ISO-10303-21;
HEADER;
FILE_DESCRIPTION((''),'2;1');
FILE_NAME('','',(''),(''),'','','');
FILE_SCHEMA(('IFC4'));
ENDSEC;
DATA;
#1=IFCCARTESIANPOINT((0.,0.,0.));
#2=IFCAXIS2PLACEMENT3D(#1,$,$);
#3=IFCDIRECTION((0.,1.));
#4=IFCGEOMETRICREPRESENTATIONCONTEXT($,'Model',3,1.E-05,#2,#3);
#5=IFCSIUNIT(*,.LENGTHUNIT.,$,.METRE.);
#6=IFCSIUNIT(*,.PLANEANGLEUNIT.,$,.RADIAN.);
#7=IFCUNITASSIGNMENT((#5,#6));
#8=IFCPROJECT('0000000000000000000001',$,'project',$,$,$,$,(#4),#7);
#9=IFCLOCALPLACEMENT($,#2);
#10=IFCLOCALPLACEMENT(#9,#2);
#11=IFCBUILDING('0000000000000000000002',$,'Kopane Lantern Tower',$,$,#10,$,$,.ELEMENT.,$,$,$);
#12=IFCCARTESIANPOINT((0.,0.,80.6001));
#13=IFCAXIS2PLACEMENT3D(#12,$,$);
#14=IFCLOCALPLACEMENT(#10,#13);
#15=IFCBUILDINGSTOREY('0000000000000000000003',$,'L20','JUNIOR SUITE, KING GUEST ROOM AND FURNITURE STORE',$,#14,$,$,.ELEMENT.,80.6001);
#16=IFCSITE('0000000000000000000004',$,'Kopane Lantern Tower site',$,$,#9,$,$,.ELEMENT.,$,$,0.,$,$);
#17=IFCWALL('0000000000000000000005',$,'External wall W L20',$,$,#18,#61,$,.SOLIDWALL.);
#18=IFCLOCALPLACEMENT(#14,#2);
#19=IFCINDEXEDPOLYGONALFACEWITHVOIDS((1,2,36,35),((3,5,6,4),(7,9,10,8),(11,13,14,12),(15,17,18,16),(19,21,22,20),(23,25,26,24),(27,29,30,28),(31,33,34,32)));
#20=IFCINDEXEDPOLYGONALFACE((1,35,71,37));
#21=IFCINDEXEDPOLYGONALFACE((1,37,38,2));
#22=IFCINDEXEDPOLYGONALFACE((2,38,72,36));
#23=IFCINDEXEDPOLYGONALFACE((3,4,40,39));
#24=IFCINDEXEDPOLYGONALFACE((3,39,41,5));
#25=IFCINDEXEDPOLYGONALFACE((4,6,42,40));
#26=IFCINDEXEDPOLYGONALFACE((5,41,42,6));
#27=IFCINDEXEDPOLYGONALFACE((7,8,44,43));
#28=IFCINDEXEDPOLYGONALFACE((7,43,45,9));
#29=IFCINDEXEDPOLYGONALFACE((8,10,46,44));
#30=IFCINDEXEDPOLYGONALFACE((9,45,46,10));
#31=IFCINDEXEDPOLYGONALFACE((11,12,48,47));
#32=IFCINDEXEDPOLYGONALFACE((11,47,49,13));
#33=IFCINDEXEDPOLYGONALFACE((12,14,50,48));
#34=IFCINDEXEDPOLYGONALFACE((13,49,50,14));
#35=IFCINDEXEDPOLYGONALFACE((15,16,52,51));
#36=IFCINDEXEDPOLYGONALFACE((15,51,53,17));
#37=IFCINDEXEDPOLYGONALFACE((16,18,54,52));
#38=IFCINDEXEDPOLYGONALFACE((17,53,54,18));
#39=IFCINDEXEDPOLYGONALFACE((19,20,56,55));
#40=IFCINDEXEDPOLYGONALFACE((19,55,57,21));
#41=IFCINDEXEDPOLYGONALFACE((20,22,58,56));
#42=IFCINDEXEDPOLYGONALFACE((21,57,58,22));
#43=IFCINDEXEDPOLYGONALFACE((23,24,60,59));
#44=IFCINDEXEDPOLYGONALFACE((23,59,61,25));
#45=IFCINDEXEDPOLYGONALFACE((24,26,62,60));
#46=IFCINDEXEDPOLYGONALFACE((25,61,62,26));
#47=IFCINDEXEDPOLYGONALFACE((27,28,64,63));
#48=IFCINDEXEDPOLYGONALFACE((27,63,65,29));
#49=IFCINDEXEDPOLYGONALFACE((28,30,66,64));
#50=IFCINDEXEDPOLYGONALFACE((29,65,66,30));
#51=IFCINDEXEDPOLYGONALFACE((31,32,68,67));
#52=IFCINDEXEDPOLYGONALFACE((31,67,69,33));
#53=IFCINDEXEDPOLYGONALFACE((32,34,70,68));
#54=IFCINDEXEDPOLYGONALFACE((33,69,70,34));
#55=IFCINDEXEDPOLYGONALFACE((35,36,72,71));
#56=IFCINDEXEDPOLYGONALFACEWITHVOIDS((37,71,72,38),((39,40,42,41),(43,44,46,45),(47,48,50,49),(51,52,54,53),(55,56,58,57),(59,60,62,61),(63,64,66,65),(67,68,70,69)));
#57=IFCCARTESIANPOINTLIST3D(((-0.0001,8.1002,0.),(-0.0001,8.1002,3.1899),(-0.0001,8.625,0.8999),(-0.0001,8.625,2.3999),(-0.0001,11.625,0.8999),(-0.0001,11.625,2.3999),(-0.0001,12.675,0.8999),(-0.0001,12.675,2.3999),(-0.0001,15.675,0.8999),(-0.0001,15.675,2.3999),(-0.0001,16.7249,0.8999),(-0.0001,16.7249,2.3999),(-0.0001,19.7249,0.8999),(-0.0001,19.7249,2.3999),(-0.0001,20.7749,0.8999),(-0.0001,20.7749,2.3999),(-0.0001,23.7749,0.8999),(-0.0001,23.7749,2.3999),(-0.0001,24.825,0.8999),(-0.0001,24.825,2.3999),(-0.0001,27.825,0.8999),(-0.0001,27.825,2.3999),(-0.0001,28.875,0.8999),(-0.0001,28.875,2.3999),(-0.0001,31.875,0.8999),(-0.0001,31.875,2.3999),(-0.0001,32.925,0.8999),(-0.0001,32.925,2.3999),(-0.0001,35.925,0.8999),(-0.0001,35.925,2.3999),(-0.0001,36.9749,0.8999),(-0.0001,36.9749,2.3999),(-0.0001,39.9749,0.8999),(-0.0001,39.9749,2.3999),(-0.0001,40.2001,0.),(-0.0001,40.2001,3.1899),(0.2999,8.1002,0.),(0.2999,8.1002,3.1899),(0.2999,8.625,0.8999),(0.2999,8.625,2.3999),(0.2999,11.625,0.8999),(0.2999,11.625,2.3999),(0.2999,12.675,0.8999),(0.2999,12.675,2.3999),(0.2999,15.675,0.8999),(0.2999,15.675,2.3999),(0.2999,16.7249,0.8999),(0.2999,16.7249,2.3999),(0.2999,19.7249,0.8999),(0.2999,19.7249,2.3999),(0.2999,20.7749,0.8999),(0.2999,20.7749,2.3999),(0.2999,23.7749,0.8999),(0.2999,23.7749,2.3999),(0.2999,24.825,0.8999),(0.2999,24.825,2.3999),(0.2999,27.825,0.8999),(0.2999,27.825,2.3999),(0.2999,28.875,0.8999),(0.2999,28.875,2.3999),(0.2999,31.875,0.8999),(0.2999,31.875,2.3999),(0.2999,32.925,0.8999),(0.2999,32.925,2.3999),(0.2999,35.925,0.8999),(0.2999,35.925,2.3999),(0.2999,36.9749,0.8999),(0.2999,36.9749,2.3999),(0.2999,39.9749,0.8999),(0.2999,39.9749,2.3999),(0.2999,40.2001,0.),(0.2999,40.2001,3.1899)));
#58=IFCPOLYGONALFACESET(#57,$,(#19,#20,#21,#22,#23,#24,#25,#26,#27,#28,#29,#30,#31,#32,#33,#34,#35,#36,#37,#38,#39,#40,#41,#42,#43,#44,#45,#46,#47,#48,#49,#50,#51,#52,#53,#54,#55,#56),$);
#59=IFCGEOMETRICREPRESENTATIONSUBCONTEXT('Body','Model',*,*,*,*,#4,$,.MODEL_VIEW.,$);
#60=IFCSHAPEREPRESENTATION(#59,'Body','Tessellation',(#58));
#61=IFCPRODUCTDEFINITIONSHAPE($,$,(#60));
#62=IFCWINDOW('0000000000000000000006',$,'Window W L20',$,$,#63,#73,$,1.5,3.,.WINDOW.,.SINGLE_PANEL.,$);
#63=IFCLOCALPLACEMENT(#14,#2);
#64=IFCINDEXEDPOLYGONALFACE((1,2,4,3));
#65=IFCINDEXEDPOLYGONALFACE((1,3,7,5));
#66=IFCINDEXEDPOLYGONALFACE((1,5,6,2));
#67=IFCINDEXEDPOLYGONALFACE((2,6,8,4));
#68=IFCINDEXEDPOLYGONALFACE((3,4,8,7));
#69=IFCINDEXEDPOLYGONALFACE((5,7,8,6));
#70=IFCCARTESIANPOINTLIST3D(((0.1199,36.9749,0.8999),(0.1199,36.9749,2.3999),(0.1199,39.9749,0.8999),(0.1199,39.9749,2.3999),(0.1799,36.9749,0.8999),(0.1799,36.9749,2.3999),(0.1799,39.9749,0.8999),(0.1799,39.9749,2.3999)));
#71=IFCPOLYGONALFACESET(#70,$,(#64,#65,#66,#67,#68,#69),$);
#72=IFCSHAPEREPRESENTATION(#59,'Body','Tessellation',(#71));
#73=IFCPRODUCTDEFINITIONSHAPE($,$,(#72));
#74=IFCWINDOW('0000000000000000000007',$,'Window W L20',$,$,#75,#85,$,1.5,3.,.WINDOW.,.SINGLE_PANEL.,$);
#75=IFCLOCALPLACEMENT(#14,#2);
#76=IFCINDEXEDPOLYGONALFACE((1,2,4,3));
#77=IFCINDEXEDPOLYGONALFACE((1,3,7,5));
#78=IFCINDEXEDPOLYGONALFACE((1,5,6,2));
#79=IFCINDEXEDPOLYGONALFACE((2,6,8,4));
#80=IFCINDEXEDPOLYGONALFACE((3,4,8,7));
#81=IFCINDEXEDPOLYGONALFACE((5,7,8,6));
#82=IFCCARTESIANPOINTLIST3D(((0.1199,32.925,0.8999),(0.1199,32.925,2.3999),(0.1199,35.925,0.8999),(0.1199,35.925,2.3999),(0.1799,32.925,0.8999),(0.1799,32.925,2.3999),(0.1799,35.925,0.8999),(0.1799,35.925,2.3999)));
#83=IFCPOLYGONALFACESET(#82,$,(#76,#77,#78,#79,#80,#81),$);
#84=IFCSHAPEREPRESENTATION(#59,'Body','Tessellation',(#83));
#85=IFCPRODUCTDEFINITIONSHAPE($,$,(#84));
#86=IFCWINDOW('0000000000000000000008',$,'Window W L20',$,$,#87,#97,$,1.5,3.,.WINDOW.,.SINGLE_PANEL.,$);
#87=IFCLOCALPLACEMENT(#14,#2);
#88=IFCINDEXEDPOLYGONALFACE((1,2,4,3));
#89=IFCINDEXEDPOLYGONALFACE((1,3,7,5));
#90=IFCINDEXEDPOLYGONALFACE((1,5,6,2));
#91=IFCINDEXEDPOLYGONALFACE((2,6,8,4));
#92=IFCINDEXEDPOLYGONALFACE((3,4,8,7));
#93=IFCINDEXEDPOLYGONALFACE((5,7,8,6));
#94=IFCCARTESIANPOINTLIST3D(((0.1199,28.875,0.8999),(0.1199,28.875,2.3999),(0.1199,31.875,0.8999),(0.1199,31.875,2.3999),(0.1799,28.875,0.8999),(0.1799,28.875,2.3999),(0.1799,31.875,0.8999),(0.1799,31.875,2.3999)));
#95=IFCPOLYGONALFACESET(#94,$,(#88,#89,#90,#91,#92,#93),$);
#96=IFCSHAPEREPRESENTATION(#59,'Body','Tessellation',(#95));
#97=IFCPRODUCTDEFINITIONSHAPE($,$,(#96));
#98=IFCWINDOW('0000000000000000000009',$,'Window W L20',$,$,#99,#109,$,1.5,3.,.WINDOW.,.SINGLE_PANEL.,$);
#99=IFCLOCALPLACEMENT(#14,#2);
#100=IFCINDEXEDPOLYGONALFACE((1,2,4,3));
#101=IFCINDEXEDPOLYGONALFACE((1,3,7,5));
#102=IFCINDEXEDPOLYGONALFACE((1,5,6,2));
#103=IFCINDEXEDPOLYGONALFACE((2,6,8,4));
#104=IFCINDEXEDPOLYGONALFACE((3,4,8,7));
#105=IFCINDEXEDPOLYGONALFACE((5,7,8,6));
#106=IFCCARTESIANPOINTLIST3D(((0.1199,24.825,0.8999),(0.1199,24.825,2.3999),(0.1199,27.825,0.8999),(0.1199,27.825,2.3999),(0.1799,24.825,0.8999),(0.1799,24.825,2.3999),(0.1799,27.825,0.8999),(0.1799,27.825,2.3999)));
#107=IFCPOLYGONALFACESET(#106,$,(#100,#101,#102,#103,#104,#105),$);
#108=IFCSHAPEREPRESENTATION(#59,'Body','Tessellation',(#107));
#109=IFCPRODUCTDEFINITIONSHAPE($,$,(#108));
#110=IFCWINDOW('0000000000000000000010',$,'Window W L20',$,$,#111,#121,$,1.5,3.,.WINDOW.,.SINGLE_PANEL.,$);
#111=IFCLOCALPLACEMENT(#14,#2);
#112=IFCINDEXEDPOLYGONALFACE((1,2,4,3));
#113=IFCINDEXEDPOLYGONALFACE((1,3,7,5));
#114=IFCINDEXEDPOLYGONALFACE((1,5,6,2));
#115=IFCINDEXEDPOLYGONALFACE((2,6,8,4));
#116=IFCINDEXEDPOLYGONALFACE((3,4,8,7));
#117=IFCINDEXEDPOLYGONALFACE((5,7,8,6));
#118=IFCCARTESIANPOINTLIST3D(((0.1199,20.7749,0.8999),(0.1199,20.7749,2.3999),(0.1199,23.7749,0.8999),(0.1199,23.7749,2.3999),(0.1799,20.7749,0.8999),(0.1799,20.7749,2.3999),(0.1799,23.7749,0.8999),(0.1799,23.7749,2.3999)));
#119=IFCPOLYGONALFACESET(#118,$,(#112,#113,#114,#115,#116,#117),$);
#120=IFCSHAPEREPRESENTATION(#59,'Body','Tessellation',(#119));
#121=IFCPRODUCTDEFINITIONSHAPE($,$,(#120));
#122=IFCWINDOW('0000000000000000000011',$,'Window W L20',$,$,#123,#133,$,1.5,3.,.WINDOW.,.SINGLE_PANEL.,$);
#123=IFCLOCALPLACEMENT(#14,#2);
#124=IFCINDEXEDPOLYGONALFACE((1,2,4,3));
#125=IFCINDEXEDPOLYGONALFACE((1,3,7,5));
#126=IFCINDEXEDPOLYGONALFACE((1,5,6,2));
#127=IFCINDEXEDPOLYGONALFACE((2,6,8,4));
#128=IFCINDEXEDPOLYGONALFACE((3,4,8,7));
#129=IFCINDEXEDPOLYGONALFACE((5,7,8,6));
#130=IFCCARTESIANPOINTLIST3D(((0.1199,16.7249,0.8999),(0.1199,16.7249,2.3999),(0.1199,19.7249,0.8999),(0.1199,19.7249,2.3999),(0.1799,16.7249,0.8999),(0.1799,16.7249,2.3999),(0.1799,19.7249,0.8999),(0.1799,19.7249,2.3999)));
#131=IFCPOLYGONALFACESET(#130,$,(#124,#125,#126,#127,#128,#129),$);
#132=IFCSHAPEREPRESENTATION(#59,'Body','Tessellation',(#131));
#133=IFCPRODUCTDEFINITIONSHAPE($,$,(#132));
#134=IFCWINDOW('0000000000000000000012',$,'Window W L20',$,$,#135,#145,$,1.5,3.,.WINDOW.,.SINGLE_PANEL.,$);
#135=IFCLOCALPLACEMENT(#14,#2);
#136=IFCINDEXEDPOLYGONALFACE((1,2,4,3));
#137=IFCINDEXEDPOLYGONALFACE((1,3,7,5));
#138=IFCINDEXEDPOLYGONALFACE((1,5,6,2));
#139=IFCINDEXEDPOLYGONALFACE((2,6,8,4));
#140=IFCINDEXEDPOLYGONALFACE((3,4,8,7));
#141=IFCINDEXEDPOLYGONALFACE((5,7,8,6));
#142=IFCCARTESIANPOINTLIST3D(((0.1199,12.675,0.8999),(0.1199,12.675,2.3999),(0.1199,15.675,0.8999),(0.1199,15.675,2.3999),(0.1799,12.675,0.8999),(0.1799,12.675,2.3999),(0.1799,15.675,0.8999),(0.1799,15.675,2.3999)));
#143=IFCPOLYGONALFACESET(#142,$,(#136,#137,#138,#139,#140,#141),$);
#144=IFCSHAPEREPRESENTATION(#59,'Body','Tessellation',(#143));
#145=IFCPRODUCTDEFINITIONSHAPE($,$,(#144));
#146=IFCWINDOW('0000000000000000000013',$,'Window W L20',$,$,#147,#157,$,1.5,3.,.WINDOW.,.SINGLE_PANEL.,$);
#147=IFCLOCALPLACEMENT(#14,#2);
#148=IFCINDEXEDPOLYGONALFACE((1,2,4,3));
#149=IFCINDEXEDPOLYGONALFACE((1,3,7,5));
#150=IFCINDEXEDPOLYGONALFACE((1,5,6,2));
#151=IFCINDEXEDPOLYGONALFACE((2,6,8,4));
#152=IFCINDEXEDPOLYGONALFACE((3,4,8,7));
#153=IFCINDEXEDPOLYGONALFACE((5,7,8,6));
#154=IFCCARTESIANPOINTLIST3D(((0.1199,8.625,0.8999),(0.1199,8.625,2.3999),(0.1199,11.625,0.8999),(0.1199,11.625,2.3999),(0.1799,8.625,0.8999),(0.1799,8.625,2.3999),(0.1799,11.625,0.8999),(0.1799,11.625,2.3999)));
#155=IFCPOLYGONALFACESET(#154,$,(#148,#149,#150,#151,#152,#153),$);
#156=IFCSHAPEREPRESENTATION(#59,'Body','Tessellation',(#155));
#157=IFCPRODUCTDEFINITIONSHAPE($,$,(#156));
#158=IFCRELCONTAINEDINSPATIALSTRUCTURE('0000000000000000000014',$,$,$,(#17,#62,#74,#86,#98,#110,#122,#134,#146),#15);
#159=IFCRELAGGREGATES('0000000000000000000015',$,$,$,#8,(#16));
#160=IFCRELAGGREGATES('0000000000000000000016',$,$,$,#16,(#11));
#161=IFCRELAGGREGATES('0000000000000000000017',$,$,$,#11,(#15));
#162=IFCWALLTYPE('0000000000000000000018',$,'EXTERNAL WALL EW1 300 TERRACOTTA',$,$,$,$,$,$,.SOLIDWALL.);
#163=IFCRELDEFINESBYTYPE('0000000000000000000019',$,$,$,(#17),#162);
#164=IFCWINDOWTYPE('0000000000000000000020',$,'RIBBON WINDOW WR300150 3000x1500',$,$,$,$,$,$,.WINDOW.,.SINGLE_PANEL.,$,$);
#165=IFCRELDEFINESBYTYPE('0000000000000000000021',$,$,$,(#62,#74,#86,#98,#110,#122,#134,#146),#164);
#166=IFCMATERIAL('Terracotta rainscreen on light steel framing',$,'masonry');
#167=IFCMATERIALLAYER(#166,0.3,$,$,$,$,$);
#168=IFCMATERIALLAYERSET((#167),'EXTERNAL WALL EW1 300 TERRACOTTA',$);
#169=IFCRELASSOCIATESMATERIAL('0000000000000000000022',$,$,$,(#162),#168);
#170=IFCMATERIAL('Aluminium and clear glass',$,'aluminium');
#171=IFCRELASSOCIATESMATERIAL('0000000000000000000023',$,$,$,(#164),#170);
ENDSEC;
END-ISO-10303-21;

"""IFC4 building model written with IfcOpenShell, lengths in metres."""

from ifc_helpers import new_model, si_unit, direction, frame, frame_2d, origin, place, context, subcontext, project, spatial, rectangle, extrude, material, layer, layer_set, type_object, element, fill, save


model = new_model("IFC4")

# Units and contexts
model_context = context("Model", 3, precision=1e-05, world=origin(), true_north=direction((0.0, 1.0)))
body_context = subcontext(model_context, "Body", "Model", "MODEL_VIEW")
ifc_project = project(units=[si_unit("LENGTHUNIT", "METRE"), si_unit("PLANEANGLEUNIT", "RADIAN")], contexts=[model_context])

# Site, building, storey
site_placement = place(None, origin())
site = spatial("IfcSite", under=ifc_project, at=site_placement, Name="Kopane Lantern Tower site", CompositionType="ELEMENT", RefElevation=0.0)
building_placement = place(site_placement, origin())
building = spatial("IfcBuilding", under=site, at=building_placement, Name="Kopane Lantern Tower", CompositionType="ELEMENT")
storey_placement = place(building_placement, frame((0.0, 0.0, 80.6001)))
storey = spatial("IfcBuildingStorey", under=building, at=storey_placement, Name="L20", Description="JUNIOR SUITE, KING GUEST ROOM AND FURNITURE STORE", CompositionType="ELEMENT", Elevation=80.6001)

# Shared definitions
ifc_material_1 = material(Name="Terracotta rainscreen on light steel framing", Category="masonry")
ifc_layer_1 = layer(ifc_material_1, 0.3)
ifc_layer_set_1 = layer_set([ifc_layer_1], Name="EXTERNAL WALL EW1 300 TERRACOTTA")
wall_type_1 = type_object("IfcWallType", Name="EXTERNAL WALL EW1 300 TERRACOTTA", PredefinedType="SOLIDWALL", material=ifc_layer_set_1)
ifc_material_2 = material(Name="Aluminium and clear glass", Category="aluminium")
window_type = type_object("IfcWindowType", Name="RIBBON WINDOW WR300150 3000x1500", PartitioningType="SINGLE_PANEL", PredefinedType="WINDOW", material=ifc_material_2)

# Wall, openings, windows
wall_1_placement = place(storey_placement, frame((0.1499, 40.2, 0.0), z_axis=(0.0, 0.0, 1.0), x_axis=(0.0, -1.0, 0.0)))
wall_1 = element("IfcWall", 1, at=wall_1_placement, inside=storey, type_object=wall_type_1, Name="External wall W L20", PredefinedType="SOLIDWALL", context=body_context, shape_type="SweptSolid", body=[
    extrude(rectangle(XDim=32.0999, YDim=0.3, at=frame_2d((16.0498, 0.0))), origin(), (0.0, 0.0, 1.0), 3.1899),
])
opening_1_placement = place(wall_1_placement, frame((0.2251, 0.0, 0.8999)))
opening_1 = element("IfcOpeningElement", 2, at=opening_1_placement, cuts=wall_1, PredefinedType="OPENING", context=body_context, shape_type="SweptSolid", body=[
    extrude(rectangle(XDim=3.0, YDim=1.5, at=frame_2d((1.5, 0.75))), frame((0.0, 0.1599, 0.0), z_axis=(0.0, -1.0, 0.0), x_axis=(1.0, 0.0, 0.0)), (0.0, 0.0, 1.0), 0.3201),
])
opening_2_placement = place(wall_1_placement, frame((4.2749, 0.0, 0.8999)))
opening_2 = element("IfcOpeningElement", 3, at=opening_2_placement, cuts=wall_1, PredefinedType="OPENING", context=body_context, shape_type="SweptSolid", body=[
    extrude(rectangle(XDim=3.0, YDim=1.5, at=frame_2d((1.5, 0.75))), frame((0.0, 0.1599, 0.0), z_axis=(0.0, -1.0, 0.0), x_axis=(1.0, 0.0, 0.0)), (0.0, 0.0, 1.0), 0.3201),
])
opening_3_placement = place(wall_1_placement, frame((8.325, 0.0, 0.8999)))
opening_3 = element("IfcOpeningElement", 4, at=opening_3_placement, cuts=wall_1, PredefinedType="OPENING", context=body_context, shape_type="SweptSolid", body=[
    extrude(rectangle(XDim=3.0, YDim=1.5, at=frame_2d((1.5, 0.75))), frame((0.0, 0.1599, 0.0), z_axis=(0.0, -1.0, 0.0), x_axis=(1.0, 0.0, 0.0)), (0.0, 0.0, 1.0), 0.3201),
])
opening_4_placement = place(wall_1_placement, frame((12.375, 0.0, 0.8999)))
opening_4 = element("IfcOpeningElement", 5, at=opening_4_placement, cuts=wall_1, PredefinedType="OPENING", context=body_context, shape_type="SweptSolid", body=[
    extrude(rectangle(XDim=3.0, YDim=1.5, at=frame_2d((1.5, 0.75))), frame((0.0, 0.1599, 0.0), z_axis=(0.0, -1.0, 0.0), x_axis=(1.0, 0.0, 0.0)), (0.0, 0.0, 1.0), 0.3201),
])
opening_5_placement = place(wall_1_placement, frame((16.425, 0.0, 0.8999)))
opening_5 = element("IfcOpeningElement", 6, at=opening_5_placement, cuts=wall_1, PredefinedType="OPENING", context=body_context, shape_type="SweptSolid", body=[
    extrude(rectangle(XDim=3.0, YDim=1.5, at=frame_2d((1.5, 0.75))), frame((0.0, 0.1599, 0.0), z_axis=(0.0, -1.0, 0.0), x_axis=(1.0, 0.0, 0.0)), (0.0, 0.0, 1.0), 0.3201),
])
opening_6_placement = place(wall_1_placement, frame((20.4751, 0.0, 0.8999)))
opening_6 = element("IfcOpeningElement", 7, at=opening_6_placement, cuts=wall_1, PredefinedType="OPENING", context=body_context, shape_type="SweptSolid", body=[
    extrude(rectangle(XDim=3.0, YDim=1.5, at=frame_2d((1.5, 0.75))), frame((0.0, 0.1599, 0.0), z_axis=(0.0, -1.0, 0.0), x_axis=(1.0, 0.0, 0.0)), (0.0, 0.0, 1.0), 0.3201),
])
opening_7_placement = place(wall_1_placement, frame((24.5249, 0.0, 0.8999)))
opening_7 = element("IfcOpeningElement", 8, at=opening_7_placement, cuts=wall_1, PredefinedType="OPENING", context=body_context, shape_type="SweptSolid", body=[
    extrude(rectangle(XDim=3.0, YDim=1.5, at=frame_2d((1.5, 0.75))), frame((0.0, 0.1599, 0.0), z_axis=(0.0, -1.0, 0.0), x_axis=(1.0, 0.0, 0.0)), (0.0, 0.0, 1.0), 0.3201),
])
opening_8_placement = place(wall_1_placement, frame((28.575, 0.0, 0.8999)))
opening_8 = element("IfcOpeningElement", 9, at=opening_8_placement, cuts=wall_1, PredefinedType="OPENING", context=body_context, shape_type="SweptSolid", body=[
    extrude(rectangle(XDim=3.0, YDim=1.5, at=frame_2d((1.5, 0.75))), frame((0.0, 0.1599, 0.0), z_axis=(0.0, -1.0, 0.0), x_axis=(1.0, 0.0, 0.0)), (0.0, 0.0, 1.0), 0.3201),
])
window_1_placement = place(opening_1_placement, origin())
window_1 = element("IfcWindow", 10, at=window_1_placement, inside=storey, type_object=window_type, Name="Window W L20", OverallHeight=1.5, OverallWidth=3.0, PartitioningType="SINGLE_PANEL", PredefinedType="WINDOW", context=body_context, shape_type="SweptSolid", body=[
    extrude(rectangle(XDim=3.0, YDim=1.5, at=frame_2d((1.5, 0.75))), frame((0.0, 0.03, 0.0), z_axis=(0.0, -1.0, 0.0), x_axis=(1.0, 0.0, 0.0)), (0.0, 0.0, 1.0), 0.0601),
])
fill(opening_1, window_1)
window_2_placement = place(opening_2_placement, origin())
window_2 = element("IfcWindow", 11, at=window_2_placement, inside=storey, type_object=window_type, Name="Window W L20", OverallHeight=1.5, OverallWidth=3.0, PartitioningType="SINGLE_PANEL", PredefinedType="WINDOW", context=body_context, shape_type="SweptSolid", body=[
    extrude(rectangle(XDim=3.0, YDim=1.5, at=frame_2d((1.5, 0.75))), frame((0.0, 0.03, 0.0), z_axis=(0.0, -1.0, 0.0), x_axis=(1.0, 0.0, 0.0)), (0.0, 0.0, 1.0), 0.0601),
])
fill(opening_2, window_2)
window_3_placement = place(opening_3_placement, origin())
window_3 = element("IfcWindow", 12, at=window_3_placement, inside=storey, type_object=window_type, Name="Window W L20", OverallHeight=1.5, OverallWidth=3.0, PartitioningType="SINGLE_PANEL", PredefinedType="WINDOW", context=body_context, shape_type="SweptSolid", body=[
    extrude(rectangle(XDim=3.0, YDim=1.5, at=frame_2d((1.5, 0.75))), frame((0.0, 0.03, 0.0), z_axis=(0.0, -1.0, 0.0), x_axis=(1.0, 0.0, 0.0)), (0.0, 0.0, 1.0), 0.0601),
])
fill(opening_3, window_3)
window_4_placement = place(opening_4_placement, origin())
window_4 = element("IfcWindow", 13, at=window_4_placement, inside=storey, type_object=window_type, Name="Window W L20", OverallHeight=1.5, OverallWidth=3.0, PartitioningType="SINGLE_PANEL", PredefinedType="WINDOW", context=body_context, shape_type="SweptSolid", body=[
    extrude(rectangle(XDim=3.0, YDim=1.5, at=frame_2d((1.5, 0.75))), frame((0.0, 0.03, 0.0), z_axis=(0.0, -1.0, 0.0), x_axis=(1.0, 0.0, 0.0)), (0.0, 0.0, 1.0), 0.0601),
])
fill(opening_4, window_4)
window_5_placement = place(opening_5_placement, origin())
window_5 = element("IfcWindow", 14, at=window_5_placement, inside=storey, type_object=window_type, Name="Window W L20", OverallHeight=1.5, OverallWidth=3.0, PartitioningType="SINGLE_PANEL", PredefinedType="WINDOW", context=body_context, shape_type="SweptSolid", body=[
    extrude(rectangle(XDim=3.0, YDim=1.5, at=frame_2d((1.5, 0.75))), frame((0.0, 0.03, 0.0), z_axis=(0.0, -1.0, 0.0), x_axis=(1.0, 0.0, 0.0)), (0.0, 0.0, 1.0), 0.0601),
])
fill(opening_5, window_5)
window_6_placement = place(opening_6_placement, origin())
window_6 = element("IfcWindow", 15, at=window_6_placement, inside=storey, type_object=window_type, Name="Window W L20", OverallHeight=1.5, OverallWidth=3.0, PartitioningType="SINGLE_PANEL", PredefinedType="WINDOW", context=body_context, shape_type="SweptSolid", body=[
    extrude(rectangle(XDim=3.0, YDim=1.5, at=frame_2d((1.5, 0.75))), frame((0.0, 0.03, 0.0), z_axis=(0.0, -1.0, 0.0), x_axis=(1.0, 0.0, 0.0)), (0.0, 0.0, 1.0), 0.0601),
])
fill(opening_6, window_6)
window_7_placement = place(opening_7_placement, origin())
window_7 = element("IfcWindow", 16, at=window_7_placement, inside=storey, type_object=window_type, Name="Window W L20", OverallHeight=1.5, OverallWidth=3.0, PartitioningType="SINGLE_PANEL", PredefinedType="WINDOW", context=body_context, shape_type="SweptSolid", body=[
    extrude(rectangle(XDim=3.0, YDim=1.5, at=frame_2d((1.5, 0.75))), frame((0.0, 0.03, 0.0), z_axis=(0.0, -1.0, 0.0), x_axis=(1.0, 0.0, 0.0)), (0.0, 0.0, 1.0), 0.0601),
])
fill(opening_7, window_7)
window_8_placement = place(opening_8_placement, origin())
window_8 = element("IfcWindow", 17, at=window_8_placement, inside=storey, type_object=window_type, Name="Window W L20", OverallHeight=1.5, OverallWidth=3.0, PartitioningType="SINGLE_PANEL", PredefinedType="WINDOW", context=body_context, shape_type="SweptSolid", body=[
    extrude(rectangle(XDim=3.0, YDim=1.5, at=frame_2d((1.5, 0.75))), frame((0.0, 0.03, 0.0), z_axis=(0.0, -1.0, 0.0), x_axis=(1.0, 0.0, 0.0)), (0.0, 0.0, 1.0), 0.0601),
])
fill(opening_8, window_8)

save(model, "model.ifc")
